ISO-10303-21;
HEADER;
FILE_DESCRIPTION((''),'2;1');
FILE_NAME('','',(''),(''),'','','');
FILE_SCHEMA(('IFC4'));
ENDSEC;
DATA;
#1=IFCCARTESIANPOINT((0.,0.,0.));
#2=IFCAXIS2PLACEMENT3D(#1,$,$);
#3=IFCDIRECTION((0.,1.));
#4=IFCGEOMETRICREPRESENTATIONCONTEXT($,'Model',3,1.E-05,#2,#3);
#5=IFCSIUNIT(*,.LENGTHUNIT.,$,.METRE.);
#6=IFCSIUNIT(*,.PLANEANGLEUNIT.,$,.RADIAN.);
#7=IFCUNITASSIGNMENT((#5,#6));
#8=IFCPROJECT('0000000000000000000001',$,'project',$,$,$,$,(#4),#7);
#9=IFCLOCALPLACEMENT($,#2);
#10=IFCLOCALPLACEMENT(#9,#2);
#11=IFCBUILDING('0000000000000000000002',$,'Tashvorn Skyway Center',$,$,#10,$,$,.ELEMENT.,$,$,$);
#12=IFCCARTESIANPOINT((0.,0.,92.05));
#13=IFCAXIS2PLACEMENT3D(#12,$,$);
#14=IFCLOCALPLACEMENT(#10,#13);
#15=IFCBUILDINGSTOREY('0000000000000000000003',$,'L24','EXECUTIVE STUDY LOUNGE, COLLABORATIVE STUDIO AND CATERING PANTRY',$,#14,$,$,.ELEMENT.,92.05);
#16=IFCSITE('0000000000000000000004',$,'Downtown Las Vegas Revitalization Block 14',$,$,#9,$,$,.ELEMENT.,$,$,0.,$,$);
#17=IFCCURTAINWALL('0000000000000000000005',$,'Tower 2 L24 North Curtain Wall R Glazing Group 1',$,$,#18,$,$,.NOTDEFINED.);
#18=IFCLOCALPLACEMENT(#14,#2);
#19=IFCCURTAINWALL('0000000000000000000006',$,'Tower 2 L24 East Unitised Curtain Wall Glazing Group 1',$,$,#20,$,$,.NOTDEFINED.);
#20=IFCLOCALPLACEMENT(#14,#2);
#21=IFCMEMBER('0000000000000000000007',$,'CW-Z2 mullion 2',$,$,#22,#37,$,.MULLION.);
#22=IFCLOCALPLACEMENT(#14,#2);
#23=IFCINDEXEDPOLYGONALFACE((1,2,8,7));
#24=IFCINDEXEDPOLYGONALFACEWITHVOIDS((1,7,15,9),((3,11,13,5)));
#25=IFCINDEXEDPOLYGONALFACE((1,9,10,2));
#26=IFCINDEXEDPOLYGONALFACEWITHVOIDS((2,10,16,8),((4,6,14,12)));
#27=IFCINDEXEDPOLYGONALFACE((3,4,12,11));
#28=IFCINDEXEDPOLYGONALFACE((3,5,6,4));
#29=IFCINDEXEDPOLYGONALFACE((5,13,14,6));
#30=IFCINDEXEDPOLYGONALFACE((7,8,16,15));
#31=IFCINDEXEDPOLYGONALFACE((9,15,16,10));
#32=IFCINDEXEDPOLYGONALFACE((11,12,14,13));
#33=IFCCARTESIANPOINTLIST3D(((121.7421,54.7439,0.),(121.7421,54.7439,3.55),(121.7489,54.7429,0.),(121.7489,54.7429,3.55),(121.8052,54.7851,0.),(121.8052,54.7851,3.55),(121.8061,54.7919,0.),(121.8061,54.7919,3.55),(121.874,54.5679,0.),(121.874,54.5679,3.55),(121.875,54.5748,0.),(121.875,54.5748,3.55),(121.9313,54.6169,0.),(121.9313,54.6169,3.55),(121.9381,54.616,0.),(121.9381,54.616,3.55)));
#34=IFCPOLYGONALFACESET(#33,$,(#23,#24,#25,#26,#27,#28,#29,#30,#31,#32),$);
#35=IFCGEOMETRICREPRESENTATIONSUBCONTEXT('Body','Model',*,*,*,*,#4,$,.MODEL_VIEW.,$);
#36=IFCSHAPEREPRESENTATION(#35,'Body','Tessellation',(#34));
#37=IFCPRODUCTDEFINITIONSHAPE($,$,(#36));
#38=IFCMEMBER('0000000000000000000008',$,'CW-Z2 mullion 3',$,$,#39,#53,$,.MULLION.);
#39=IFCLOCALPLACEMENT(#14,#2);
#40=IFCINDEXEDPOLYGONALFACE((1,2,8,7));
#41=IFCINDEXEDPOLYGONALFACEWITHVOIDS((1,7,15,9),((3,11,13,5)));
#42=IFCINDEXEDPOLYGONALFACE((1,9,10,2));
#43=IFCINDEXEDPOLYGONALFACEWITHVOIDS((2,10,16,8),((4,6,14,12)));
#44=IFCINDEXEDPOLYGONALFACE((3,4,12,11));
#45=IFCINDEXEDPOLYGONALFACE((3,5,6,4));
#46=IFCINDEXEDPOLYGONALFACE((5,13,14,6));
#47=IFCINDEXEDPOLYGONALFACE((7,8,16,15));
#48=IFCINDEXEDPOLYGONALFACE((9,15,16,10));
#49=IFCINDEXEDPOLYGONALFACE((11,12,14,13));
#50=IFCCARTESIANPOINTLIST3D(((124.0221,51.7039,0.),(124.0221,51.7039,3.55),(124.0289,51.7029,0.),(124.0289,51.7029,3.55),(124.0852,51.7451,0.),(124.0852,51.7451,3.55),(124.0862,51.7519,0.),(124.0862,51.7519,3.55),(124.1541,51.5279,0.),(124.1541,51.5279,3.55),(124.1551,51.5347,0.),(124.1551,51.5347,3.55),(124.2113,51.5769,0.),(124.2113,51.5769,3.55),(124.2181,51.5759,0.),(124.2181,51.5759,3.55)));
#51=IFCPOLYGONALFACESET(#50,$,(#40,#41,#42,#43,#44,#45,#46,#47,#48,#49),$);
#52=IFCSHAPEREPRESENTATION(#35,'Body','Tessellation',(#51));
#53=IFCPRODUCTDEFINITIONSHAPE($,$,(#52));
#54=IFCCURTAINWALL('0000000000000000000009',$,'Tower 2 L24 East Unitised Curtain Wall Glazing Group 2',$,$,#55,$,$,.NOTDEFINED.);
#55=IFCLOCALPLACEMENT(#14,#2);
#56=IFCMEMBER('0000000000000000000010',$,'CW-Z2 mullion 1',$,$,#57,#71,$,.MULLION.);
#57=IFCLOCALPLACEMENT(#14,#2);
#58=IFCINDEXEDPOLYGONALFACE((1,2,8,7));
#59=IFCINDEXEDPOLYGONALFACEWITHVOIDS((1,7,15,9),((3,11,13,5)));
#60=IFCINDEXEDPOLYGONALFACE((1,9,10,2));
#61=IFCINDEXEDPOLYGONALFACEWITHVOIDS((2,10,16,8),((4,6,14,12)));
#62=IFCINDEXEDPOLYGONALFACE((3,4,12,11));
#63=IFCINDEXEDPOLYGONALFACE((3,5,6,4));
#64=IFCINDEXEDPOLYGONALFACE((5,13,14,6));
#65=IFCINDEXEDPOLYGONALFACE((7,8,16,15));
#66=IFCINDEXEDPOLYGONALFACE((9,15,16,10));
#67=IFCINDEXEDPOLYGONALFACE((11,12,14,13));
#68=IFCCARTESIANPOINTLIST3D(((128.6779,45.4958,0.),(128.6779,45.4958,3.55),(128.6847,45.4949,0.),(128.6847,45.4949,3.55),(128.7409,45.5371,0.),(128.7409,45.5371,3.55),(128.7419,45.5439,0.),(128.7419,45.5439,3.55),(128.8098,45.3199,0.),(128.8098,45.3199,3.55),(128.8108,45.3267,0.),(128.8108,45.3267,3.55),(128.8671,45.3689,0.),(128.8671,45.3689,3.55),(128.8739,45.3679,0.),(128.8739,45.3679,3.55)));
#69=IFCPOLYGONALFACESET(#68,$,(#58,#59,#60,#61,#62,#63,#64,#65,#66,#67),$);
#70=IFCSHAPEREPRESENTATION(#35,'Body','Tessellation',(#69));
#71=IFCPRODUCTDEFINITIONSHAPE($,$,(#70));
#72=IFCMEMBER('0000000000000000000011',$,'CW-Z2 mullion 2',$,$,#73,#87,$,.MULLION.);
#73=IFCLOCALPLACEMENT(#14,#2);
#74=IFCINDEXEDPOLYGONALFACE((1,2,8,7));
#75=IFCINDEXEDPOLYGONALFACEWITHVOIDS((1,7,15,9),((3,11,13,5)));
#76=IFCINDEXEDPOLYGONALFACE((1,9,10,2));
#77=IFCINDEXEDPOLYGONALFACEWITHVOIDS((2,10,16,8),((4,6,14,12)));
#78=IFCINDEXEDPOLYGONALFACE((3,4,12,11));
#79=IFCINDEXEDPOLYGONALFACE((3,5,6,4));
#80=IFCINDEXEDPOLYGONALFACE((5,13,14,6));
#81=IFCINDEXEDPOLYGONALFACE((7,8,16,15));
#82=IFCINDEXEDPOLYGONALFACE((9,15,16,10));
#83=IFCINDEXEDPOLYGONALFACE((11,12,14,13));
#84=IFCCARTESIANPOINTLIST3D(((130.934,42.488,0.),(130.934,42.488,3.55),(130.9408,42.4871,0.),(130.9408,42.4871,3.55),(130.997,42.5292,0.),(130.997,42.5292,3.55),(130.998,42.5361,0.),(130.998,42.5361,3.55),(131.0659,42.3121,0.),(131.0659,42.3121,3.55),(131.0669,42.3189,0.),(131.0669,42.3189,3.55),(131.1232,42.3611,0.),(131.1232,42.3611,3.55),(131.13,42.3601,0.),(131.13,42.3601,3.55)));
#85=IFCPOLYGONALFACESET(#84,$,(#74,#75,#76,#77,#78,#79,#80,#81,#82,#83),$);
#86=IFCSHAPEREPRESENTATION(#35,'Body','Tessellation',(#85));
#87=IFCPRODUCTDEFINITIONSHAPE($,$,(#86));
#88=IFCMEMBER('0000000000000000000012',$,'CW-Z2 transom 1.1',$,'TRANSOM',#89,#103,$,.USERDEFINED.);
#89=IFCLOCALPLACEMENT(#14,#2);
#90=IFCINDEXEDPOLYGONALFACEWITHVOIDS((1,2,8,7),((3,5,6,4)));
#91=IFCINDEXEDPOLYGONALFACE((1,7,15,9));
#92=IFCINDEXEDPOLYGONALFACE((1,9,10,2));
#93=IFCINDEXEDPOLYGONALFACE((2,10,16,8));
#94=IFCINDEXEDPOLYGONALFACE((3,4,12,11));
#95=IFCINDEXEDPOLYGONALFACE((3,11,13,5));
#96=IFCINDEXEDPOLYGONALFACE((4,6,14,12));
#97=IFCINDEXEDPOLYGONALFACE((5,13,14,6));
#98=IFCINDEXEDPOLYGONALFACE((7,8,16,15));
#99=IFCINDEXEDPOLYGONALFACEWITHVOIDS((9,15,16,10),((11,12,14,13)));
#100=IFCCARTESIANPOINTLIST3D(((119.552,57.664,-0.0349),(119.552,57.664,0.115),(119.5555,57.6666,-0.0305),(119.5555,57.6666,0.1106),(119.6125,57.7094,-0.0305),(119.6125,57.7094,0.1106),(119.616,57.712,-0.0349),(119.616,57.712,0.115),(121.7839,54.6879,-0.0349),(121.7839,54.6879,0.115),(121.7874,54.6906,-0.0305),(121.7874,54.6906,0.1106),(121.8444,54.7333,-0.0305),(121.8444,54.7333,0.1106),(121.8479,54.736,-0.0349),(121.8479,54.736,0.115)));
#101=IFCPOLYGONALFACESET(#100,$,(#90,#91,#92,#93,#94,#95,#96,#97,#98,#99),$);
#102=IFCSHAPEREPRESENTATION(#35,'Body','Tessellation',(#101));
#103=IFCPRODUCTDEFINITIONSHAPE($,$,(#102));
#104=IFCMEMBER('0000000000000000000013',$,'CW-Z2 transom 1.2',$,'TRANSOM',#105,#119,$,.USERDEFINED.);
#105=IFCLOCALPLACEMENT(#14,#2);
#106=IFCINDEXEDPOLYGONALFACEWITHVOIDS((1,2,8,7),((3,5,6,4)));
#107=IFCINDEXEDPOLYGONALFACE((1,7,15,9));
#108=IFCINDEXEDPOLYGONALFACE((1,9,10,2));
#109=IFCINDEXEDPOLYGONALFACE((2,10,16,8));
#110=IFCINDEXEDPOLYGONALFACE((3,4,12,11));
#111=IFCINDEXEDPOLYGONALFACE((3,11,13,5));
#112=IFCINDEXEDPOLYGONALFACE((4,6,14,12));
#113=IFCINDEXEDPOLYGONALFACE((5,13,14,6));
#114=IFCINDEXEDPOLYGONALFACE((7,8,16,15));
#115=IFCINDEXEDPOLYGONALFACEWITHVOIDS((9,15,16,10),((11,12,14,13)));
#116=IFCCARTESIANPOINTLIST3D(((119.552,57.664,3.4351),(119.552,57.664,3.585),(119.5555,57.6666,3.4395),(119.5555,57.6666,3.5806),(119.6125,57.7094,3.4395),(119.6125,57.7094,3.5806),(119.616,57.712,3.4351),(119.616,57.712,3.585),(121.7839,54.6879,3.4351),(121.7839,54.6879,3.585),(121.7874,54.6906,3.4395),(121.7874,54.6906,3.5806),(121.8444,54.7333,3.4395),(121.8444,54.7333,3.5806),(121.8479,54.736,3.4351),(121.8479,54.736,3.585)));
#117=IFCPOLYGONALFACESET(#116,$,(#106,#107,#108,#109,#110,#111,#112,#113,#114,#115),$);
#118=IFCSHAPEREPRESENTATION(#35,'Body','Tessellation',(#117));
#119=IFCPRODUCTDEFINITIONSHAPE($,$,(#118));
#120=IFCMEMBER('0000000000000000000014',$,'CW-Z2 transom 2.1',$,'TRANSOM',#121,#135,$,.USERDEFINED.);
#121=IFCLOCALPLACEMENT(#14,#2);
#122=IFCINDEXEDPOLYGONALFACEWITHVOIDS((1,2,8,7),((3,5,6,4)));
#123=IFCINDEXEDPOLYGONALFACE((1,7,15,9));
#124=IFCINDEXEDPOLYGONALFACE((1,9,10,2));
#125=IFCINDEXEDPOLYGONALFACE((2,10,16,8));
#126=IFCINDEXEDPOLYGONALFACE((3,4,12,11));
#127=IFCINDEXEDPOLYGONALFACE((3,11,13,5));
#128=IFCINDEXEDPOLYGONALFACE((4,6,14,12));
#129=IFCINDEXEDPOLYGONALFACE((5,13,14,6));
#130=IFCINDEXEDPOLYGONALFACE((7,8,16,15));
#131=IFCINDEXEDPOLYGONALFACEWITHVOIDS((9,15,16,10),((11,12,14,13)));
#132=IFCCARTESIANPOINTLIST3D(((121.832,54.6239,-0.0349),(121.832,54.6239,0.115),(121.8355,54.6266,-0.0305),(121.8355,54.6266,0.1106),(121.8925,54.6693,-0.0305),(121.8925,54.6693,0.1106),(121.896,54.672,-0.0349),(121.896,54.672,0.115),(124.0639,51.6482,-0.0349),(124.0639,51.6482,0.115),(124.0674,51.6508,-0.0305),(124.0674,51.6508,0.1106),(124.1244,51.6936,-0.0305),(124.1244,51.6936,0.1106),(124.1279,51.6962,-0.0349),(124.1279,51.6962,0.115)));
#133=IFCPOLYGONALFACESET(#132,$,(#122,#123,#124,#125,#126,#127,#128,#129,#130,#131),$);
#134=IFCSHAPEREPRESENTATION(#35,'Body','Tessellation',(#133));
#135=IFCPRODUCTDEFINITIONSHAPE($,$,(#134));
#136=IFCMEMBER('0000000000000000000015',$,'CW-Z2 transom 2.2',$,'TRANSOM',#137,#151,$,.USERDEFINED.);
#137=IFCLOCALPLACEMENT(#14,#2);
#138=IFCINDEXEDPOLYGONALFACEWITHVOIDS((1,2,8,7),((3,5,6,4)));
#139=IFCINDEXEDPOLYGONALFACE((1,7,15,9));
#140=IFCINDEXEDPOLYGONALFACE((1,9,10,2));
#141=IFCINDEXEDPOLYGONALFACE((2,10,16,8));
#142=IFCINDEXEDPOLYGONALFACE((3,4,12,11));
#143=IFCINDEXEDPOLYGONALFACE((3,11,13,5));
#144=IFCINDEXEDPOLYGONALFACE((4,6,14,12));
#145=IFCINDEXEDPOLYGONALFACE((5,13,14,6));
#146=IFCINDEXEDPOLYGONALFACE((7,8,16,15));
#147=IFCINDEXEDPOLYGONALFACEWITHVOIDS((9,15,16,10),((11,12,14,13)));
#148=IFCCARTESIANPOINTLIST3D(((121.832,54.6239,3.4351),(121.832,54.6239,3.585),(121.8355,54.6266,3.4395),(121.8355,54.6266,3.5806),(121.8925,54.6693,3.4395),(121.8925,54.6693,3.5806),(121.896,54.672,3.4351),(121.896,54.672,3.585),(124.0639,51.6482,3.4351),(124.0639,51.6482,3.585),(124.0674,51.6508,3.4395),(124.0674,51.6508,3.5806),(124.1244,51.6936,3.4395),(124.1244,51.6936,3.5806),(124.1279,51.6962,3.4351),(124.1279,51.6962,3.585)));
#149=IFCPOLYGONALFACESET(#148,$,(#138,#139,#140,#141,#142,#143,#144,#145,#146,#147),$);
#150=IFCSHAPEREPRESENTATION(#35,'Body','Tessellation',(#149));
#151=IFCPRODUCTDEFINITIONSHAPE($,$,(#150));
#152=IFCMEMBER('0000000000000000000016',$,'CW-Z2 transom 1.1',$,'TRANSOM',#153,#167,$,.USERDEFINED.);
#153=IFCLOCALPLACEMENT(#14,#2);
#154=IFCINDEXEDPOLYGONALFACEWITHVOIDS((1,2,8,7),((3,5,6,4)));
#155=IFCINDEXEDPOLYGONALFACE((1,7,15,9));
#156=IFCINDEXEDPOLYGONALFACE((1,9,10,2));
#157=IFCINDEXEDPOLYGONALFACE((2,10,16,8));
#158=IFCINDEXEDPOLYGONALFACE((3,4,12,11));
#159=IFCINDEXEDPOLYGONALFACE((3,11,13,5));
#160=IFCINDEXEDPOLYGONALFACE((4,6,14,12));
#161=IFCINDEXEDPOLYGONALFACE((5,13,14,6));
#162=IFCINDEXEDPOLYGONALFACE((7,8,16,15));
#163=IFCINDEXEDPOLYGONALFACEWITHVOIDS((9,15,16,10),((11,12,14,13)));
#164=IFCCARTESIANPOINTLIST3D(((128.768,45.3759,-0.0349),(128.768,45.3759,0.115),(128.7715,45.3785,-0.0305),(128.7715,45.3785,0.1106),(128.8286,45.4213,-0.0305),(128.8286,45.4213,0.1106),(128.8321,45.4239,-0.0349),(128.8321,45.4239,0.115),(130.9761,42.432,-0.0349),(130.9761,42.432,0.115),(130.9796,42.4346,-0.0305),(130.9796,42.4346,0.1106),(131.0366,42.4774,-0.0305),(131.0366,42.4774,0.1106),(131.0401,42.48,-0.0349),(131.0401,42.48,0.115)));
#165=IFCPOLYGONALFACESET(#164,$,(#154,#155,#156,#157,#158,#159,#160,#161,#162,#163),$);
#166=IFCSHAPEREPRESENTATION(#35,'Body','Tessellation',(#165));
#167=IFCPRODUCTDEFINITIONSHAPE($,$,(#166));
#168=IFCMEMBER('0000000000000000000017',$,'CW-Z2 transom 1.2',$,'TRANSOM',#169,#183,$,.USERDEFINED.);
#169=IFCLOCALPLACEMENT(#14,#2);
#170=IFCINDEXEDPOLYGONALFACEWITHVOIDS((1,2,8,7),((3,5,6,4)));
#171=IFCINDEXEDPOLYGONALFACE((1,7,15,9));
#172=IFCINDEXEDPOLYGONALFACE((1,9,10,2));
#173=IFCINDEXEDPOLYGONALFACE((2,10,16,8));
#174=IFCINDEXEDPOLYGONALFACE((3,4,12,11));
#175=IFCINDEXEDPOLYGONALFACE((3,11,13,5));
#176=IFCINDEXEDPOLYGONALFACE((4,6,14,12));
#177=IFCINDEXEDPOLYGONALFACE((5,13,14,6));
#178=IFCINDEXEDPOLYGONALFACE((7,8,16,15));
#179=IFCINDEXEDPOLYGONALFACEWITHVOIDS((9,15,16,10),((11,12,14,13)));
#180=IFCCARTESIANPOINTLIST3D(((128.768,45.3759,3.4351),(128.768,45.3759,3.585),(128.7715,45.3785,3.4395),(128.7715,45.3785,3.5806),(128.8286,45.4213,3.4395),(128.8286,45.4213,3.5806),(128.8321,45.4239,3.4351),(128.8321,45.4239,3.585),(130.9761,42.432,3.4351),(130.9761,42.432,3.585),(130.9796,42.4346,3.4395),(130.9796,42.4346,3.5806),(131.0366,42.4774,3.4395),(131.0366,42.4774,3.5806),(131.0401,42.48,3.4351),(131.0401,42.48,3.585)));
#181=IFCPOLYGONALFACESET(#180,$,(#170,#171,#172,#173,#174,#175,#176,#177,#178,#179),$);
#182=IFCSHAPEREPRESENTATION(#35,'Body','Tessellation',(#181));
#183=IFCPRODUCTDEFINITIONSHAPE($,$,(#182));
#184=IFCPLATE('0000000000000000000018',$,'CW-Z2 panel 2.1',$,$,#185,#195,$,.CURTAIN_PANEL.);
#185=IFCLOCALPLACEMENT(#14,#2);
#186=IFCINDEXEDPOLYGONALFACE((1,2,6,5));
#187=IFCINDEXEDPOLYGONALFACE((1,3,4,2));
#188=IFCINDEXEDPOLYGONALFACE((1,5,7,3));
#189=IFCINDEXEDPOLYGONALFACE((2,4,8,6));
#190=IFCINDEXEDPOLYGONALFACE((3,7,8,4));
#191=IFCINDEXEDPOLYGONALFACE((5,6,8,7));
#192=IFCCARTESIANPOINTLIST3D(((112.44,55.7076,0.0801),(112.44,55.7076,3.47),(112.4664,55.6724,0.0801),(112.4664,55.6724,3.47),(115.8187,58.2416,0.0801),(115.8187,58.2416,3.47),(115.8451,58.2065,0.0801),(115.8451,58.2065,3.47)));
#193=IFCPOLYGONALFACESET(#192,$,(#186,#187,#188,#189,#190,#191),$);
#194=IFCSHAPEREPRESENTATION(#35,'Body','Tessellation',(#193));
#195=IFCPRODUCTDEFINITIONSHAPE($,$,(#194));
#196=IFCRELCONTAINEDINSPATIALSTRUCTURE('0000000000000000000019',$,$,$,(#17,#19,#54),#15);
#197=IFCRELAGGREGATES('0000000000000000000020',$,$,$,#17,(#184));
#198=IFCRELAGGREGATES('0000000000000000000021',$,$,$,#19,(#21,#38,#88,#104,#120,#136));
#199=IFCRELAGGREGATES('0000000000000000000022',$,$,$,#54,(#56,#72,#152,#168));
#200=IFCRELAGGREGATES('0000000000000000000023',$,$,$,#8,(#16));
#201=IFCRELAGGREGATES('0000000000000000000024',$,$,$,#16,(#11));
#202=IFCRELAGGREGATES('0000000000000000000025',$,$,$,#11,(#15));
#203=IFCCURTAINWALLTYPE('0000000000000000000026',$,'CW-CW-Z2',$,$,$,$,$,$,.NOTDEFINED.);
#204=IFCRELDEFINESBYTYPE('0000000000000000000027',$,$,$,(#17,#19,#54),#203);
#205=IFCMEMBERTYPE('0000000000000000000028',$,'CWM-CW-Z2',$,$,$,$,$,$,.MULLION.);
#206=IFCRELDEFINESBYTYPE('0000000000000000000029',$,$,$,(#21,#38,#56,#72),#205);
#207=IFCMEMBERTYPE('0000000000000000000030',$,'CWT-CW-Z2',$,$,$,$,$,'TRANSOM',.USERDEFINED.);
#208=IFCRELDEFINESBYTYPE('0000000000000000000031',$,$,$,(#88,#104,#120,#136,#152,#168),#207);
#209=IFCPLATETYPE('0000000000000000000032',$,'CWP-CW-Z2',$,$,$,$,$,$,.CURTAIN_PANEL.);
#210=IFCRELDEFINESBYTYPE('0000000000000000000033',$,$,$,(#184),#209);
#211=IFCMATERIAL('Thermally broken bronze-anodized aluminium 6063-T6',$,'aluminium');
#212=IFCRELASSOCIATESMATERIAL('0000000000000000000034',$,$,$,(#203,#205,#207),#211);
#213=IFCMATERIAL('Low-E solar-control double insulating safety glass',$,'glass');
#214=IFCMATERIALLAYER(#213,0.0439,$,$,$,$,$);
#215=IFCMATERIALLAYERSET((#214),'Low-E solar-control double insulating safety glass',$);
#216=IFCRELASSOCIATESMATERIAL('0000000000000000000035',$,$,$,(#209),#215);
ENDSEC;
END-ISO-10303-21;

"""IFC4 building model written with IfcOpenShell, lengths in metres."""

from ifc_helpers import new_model, si_unit, direction, frame, origin, origin_2d, place, context, subcontext, project, spatial, rectangle, hollow_rectangle, extrude, material, layer, layer_set, material_profile, profile_set, type_object, element, aggregate, save


model = new_model("IFC4")

# Units and contexts
model_context = context("Model", 3, precision=1e-05, world=origin(), true_north=direction((0.0, 1.0)))
body_context = subcontext(model_context, "Body", "Model", "MODEL_VIEW")
ifc_project = project(units=[si_unit("LENGTHUNIT", "METRE"), si_unit("PLANEANGLEUNIT", "RADIAN")], contexts=[model_context])

# Site, building, storey
site_placement = place(None, origin())
site = spatial("IfcSite", under=ifc_project, at=site_placement, Name="Downtown Las Vegas Revitalization Block 14", CompositionType="ELEMENT", RefElevation=0.0)
building_placement = place(site_placement, origin())
building = spatial("IfcBuilding", under=site, at=building_placement, Name="Tashvorn Skyway Center", CompositionType="ELEMENT")
storey_placement = place(building_placement, frame((0.0, 0.0, 92.05)))
storey = spatial("IfcBuildingStorey", under=building, at=storey_placement, Name="L24", Description="EXECUTIVE STUDY LOUNGE, COLLABORATIVE STUDIO AND CATERING PANTRY", CompositionType="ELEMENT", Elevation=92.05)

# Curtain wall
ifc_material_1 = material(Name="Thermally broken bronze-anodized aluminium 6063-T6", Category="aluminium")
curtain_wall_type = type_object("IfcCurtainWallType", Name="CW-CW-Z2", PredefinedType="NOTDEFINED", material=ifc_material_1)
curtain_wall_1_placement = place(storey_placement, origin())
curtain_wall_1 = element("IfcCurtainWall", 1, at=curtain_wall_1_placement, inside=storey, type_object=curtain_wall_type, Name="Tower 2 L24 North Curtain Wall R Glazing Group 1", PredefinedType="NOTDEFINED")
ifc_material_profile_1 = material_profile(ifc_material_1, hollow_rectangle(XDim=0.0801, YDim=0.22, WallThickness=0.0049, at=origin_2d()), Name="ALU-MULL-80x220")
ifc_profile_set_1 = profile_set([ifc_material_profile_1], Name="Thermally broken bronze-anodized aluminium 6063-T6")
member_type_1 = type_object("IfcMemberType", Name="CWM-CW-Z2", PredefinedType="MULLION", material=ifc_profile_set_1)

# Curtain walls, members
curtain_wall_2_placement = place(storey_placement, origin())
curtain_wall_2 = element("IfcCurtainWall", 2, at=curtain_wall_2_placement, inside=storey, type_object=curtain_wall_type, Name="Tower 2 L24 East Unitised Curtain Wall Glazing Group 1", PredefinedType="NOTDEFINED")
member_1_placement = place(storey_placement, frame((121.8401, 54.6799, 0.0), z_axis=(0.0, 0.0, 1.0), x_axis=(0.8, 0.6, 0.0)))
member_1 = element("IfcMember", 3, at=member_1_placement, type_object=member_type_1, Name="CW-Z2 mullion 2", PredefinedType="MULLION", context=body_context, shape_type="SweptSolid", body=[
    extrude(hollow_rectangle(XDim=0.0801, YDim=0.22, WallThickness=0.0049, at=origin_2d()), origin(), (0.0, 0.0, 1.0), 3.55),
])
member_2_placement = place(storey_placement, frame((124.1201, 51.6399, 0.0), z_axis=(0.0, 0.0, 1.0), x_axis=(0.8, 0.6, 0.0)))
member_2 = element("IfcMember", 4, at=member_2_placement, type_object=member_type_1, Name="CW-Z2 mullion 3", PredefinedType="MULLION", context=body_context, shape_type="SweptSolid", body=[
    extrude(hollow_rectangle(XDim=0.0801, YDim=0.22, WallThickness=0.0049, at=origin_2d()), origin(), (0.0, 0.0, 1.0), 3.55),
])
curtain_wall_3_placement = place(storey_placement, origin())
curtain_wall_3 = element("IfcCurtainWall", 5, at=curtain_wall_3_placement, inside=storey, type_object=curtain_wall_type, Name="Tower 2 L24 East Unitised Curtain Wall Glazing Group 2", PredefinedType="NOTDEFINED")
member_3_placement = place(storey_placement, frame((128.7759, 45.4319, 0.0), z_axis=(0.0, 0.0, 1.0), x_axis=(0.8, 0.6, 0.0)))
member_3 = element("IfcMember", 6, at=member_3_placement, type_object=member_type_1, Name="CW-Z2 mullion 1", PredefinedType="MULLION", context=body_context, shape_type="SweptSolid", body=[
    extrude(hollow_rectangle(XDim=0.0801, YDim=0.22, WallThickness=0.0049, at=origin_2d()), origin(), (0.0, 0.0, 1.0), 3.55),
])
member_4_placement = place(storey_placement, frame((131.032, 42.4241, 0.0), z_axis=(0.0, 0.0, 1.0), x_axis=(0.8, 0.6, 0.0)))
member_4 = element("IfcMember", 7, at=member_4_placement, type_object=member_type_1, Name="CW-Z2 mullion 2", PredefinedType="MULLION", context=body_context, shape_type="SweptSolid", body=[
    extrude(hollow_rectangle(XDim=0.0801, YDim=0.22, WallThickness=0.0049, at=origin_2d()), origin(), (0.0, 0.0, 1.0), 3.55),
])

# Members
ifc_material_profile_2 = material_profile(ifc_material_1, hollow_rectangle(XDim=0.0801, YDim=0.1499, WallThickness=0.0044, at=origin_2d()), Name="ALU-TRAN-80x150")
ifc_profile_set_2 = profile_set([ifc_material_profile_2], Name="Thermally broken bronze-anodized aluminium 6063-T6")
member_type_2 = type_object("IfcMemberType", Name="CWT-CW-Z2", ElementType="TRANSOM", PredefinedType="USERDEFINED", material=ifc_profile_set_2)
member_5_placement = place(storey_placement, frame((119.584, 57.688, 0.04), z_axis=(0.599979, -0.800016, 0.0), x_axis=(0.800016, 0.599979, 0.0)))
member_5 = element("IfcMember", 8, at=member_5_placement, type_object=member_type_2, Name="CW-Z2 transom 1.1", ObjectType="TRANSOM", PredefinedType="USERDEFINED", context=body_context, shape_type="SweptSolid", body=[
    extrude(hollow_rectangle(XDim=0.0801, YDim=0.1499, WallThickness=0.0044, at=origin_2d()), origin(), (0.0, 0.0, 1.0), 3.72),
])
member_6_placement = place(storey_placement, frame((119.584, 57.688, 3.51), z_axis=(0.599979, -0.800016, 0.0), x_axis=(0.800016, 0.599979, 0.0)))
member_6 = element("IfcMember", 9, at=member_6_placement, type_object=member_type_2, Name="CW-Z2 transom 1.2", ObjectType="TRANSOM", PredefinedType="USERDEFINED", context=body_context, shape_type="SweptSolid", body=[
    extrude(hollow_rectangle(XDim=0.0801, YDim=0.1499, WallThickness=0.0044, at=origin_2d()), origin(), (0.0, 0.0, 1.0), 3.72),
])
member_7_placement = place(storey_placement, frame((121.864, 54.6479, 0.04), z_axis=(0.600011, -0.799992, 0.0), x_axis=(0.799992, 0.600011, 0.0)))
member_7 = element("IfcMember", 10, at=member_7_placement, type_object=member_type_2, Name="CW-Z2 transom 2.1", ObjectType="TRANSOM", PredefinedType="USERDEFINED", context=body_context, shape_type="SweptSolid", body=[
    extrude(hollow_rectangle(XDim=0.0801, YDim=0.1499, WallThickness=0.0044, at=origin_2d()), origin(), (0.0, 0.0, 1.0), 3.7197),
])
member_8_placement = place(storey_placement, frame((121.864, 54.6479, 3.51), z_axis=(0.600011, -0.799992, 0.0), x_axis=(0.799992, 0.600011, 0.0)))
member_8 = element("IfcMember", 11, at=member_8_placement, type_object=member_type_2, Name="CW-Z2 transom 2.2", ObjectType="TRANSOM", PredefinedType="USERDEFINED", context=body_context, shape_type="SweptSolid", body=[
    extrude(hollow_rectangle(XDim=0.0801, YDim=0.1499, WallThickness=0.0044, at=origin_2d()), origin(), (0.0, 0.0, 1.0), 3.7197),
])
member_9_placement = place(storey_placement, frame((128.8, 45.3999, 0.04), z_axis=(0.600021, -0.799984, 0.0), x_axis=(0.799984, 0.600021, 0.0)))
member_9 = element("IfcMember", 12, at=member_9_placement, type_object=member_type_2, Name="CW-Z2 transom 1.1", ObjectType="TRANSOM", PredefinedType="USERDEFINED", context=body_context, shape_type="SweptSolid", body=[
    extrude(hollow_rectangle(XDim=0.0801, YDim=0.1499, WallThickness=0.0044, at=origin_2d()), origin(), (0.0, 0.0, 1.0), 3.6799),
])
member_10_placement = place(storey_placement, frame((128.8, 45.3999, 3.51), z_axis=(0.600021, -0.799984, 0.0), x_axis=(0.799984, 0.600021, 0.0)))
member_10 = element("IfcMember", 13, at=member_10_placement, type_object=member_type_2, Name="CW-Z2 transom 1.2", ObjectType="TRANSOM", PredefinedType="USERDEFINED", context=body_context, shape_type="SweptSolid", body=[
    extrude(hollow_rectangle(XDim=0.0801, YDim=0.1499, WallThickness=0.0044, at=origin_2d()), origin(), (0.0, 0.0, 1.0), 3.6799),
])

# Plate
ifc_material_2 = material(Name="Low-E solar-control double insulating safety glass", Category="glass")
ifc_layer_1 = layer(ifc_material_2, 0.0439)
ifc_layer_set_1 = layer_set([ifc_layer_1], Name="Low-E solar-control double insulating safety glass")
plate_type = type_object("IfcPlateType", Name="CWP-CW-Z2", PredefinedType="CURTAIN_PANEL", material=ifc_layer_set_1)
plate_1_placement = place(storey_placement, frame((114.1426, 56.957, 0.0801), z_axis=(0.0, 0.0, 1.0), x_axis=(0.799999, 0.600002, 0.0)))
plate_1 = element("IfcPlate", 14, at=plate_1_placement, type_object=plate_type, Name="CW-Z2 panel 2.1", PredefinedType="CURTAIN_PANEL", context=body_context, shape_type="SweptSolid", body=[
    extrude(rectangle(XDim=4.2234, YDim=0.0439, at=origin_2d()), origin(), (0.0, 0.0, 1.0), 3.3899),
])
aggregate(curtain_wall_1, [plate_1])
aggregate(curtain_wall_2, [member_1, member_2, member_5, member_6, member_7, member_8])
aggregate(curtain_wall_3, [member_3, member_4, member_9, member_10])

save(model, "model.ifc")
